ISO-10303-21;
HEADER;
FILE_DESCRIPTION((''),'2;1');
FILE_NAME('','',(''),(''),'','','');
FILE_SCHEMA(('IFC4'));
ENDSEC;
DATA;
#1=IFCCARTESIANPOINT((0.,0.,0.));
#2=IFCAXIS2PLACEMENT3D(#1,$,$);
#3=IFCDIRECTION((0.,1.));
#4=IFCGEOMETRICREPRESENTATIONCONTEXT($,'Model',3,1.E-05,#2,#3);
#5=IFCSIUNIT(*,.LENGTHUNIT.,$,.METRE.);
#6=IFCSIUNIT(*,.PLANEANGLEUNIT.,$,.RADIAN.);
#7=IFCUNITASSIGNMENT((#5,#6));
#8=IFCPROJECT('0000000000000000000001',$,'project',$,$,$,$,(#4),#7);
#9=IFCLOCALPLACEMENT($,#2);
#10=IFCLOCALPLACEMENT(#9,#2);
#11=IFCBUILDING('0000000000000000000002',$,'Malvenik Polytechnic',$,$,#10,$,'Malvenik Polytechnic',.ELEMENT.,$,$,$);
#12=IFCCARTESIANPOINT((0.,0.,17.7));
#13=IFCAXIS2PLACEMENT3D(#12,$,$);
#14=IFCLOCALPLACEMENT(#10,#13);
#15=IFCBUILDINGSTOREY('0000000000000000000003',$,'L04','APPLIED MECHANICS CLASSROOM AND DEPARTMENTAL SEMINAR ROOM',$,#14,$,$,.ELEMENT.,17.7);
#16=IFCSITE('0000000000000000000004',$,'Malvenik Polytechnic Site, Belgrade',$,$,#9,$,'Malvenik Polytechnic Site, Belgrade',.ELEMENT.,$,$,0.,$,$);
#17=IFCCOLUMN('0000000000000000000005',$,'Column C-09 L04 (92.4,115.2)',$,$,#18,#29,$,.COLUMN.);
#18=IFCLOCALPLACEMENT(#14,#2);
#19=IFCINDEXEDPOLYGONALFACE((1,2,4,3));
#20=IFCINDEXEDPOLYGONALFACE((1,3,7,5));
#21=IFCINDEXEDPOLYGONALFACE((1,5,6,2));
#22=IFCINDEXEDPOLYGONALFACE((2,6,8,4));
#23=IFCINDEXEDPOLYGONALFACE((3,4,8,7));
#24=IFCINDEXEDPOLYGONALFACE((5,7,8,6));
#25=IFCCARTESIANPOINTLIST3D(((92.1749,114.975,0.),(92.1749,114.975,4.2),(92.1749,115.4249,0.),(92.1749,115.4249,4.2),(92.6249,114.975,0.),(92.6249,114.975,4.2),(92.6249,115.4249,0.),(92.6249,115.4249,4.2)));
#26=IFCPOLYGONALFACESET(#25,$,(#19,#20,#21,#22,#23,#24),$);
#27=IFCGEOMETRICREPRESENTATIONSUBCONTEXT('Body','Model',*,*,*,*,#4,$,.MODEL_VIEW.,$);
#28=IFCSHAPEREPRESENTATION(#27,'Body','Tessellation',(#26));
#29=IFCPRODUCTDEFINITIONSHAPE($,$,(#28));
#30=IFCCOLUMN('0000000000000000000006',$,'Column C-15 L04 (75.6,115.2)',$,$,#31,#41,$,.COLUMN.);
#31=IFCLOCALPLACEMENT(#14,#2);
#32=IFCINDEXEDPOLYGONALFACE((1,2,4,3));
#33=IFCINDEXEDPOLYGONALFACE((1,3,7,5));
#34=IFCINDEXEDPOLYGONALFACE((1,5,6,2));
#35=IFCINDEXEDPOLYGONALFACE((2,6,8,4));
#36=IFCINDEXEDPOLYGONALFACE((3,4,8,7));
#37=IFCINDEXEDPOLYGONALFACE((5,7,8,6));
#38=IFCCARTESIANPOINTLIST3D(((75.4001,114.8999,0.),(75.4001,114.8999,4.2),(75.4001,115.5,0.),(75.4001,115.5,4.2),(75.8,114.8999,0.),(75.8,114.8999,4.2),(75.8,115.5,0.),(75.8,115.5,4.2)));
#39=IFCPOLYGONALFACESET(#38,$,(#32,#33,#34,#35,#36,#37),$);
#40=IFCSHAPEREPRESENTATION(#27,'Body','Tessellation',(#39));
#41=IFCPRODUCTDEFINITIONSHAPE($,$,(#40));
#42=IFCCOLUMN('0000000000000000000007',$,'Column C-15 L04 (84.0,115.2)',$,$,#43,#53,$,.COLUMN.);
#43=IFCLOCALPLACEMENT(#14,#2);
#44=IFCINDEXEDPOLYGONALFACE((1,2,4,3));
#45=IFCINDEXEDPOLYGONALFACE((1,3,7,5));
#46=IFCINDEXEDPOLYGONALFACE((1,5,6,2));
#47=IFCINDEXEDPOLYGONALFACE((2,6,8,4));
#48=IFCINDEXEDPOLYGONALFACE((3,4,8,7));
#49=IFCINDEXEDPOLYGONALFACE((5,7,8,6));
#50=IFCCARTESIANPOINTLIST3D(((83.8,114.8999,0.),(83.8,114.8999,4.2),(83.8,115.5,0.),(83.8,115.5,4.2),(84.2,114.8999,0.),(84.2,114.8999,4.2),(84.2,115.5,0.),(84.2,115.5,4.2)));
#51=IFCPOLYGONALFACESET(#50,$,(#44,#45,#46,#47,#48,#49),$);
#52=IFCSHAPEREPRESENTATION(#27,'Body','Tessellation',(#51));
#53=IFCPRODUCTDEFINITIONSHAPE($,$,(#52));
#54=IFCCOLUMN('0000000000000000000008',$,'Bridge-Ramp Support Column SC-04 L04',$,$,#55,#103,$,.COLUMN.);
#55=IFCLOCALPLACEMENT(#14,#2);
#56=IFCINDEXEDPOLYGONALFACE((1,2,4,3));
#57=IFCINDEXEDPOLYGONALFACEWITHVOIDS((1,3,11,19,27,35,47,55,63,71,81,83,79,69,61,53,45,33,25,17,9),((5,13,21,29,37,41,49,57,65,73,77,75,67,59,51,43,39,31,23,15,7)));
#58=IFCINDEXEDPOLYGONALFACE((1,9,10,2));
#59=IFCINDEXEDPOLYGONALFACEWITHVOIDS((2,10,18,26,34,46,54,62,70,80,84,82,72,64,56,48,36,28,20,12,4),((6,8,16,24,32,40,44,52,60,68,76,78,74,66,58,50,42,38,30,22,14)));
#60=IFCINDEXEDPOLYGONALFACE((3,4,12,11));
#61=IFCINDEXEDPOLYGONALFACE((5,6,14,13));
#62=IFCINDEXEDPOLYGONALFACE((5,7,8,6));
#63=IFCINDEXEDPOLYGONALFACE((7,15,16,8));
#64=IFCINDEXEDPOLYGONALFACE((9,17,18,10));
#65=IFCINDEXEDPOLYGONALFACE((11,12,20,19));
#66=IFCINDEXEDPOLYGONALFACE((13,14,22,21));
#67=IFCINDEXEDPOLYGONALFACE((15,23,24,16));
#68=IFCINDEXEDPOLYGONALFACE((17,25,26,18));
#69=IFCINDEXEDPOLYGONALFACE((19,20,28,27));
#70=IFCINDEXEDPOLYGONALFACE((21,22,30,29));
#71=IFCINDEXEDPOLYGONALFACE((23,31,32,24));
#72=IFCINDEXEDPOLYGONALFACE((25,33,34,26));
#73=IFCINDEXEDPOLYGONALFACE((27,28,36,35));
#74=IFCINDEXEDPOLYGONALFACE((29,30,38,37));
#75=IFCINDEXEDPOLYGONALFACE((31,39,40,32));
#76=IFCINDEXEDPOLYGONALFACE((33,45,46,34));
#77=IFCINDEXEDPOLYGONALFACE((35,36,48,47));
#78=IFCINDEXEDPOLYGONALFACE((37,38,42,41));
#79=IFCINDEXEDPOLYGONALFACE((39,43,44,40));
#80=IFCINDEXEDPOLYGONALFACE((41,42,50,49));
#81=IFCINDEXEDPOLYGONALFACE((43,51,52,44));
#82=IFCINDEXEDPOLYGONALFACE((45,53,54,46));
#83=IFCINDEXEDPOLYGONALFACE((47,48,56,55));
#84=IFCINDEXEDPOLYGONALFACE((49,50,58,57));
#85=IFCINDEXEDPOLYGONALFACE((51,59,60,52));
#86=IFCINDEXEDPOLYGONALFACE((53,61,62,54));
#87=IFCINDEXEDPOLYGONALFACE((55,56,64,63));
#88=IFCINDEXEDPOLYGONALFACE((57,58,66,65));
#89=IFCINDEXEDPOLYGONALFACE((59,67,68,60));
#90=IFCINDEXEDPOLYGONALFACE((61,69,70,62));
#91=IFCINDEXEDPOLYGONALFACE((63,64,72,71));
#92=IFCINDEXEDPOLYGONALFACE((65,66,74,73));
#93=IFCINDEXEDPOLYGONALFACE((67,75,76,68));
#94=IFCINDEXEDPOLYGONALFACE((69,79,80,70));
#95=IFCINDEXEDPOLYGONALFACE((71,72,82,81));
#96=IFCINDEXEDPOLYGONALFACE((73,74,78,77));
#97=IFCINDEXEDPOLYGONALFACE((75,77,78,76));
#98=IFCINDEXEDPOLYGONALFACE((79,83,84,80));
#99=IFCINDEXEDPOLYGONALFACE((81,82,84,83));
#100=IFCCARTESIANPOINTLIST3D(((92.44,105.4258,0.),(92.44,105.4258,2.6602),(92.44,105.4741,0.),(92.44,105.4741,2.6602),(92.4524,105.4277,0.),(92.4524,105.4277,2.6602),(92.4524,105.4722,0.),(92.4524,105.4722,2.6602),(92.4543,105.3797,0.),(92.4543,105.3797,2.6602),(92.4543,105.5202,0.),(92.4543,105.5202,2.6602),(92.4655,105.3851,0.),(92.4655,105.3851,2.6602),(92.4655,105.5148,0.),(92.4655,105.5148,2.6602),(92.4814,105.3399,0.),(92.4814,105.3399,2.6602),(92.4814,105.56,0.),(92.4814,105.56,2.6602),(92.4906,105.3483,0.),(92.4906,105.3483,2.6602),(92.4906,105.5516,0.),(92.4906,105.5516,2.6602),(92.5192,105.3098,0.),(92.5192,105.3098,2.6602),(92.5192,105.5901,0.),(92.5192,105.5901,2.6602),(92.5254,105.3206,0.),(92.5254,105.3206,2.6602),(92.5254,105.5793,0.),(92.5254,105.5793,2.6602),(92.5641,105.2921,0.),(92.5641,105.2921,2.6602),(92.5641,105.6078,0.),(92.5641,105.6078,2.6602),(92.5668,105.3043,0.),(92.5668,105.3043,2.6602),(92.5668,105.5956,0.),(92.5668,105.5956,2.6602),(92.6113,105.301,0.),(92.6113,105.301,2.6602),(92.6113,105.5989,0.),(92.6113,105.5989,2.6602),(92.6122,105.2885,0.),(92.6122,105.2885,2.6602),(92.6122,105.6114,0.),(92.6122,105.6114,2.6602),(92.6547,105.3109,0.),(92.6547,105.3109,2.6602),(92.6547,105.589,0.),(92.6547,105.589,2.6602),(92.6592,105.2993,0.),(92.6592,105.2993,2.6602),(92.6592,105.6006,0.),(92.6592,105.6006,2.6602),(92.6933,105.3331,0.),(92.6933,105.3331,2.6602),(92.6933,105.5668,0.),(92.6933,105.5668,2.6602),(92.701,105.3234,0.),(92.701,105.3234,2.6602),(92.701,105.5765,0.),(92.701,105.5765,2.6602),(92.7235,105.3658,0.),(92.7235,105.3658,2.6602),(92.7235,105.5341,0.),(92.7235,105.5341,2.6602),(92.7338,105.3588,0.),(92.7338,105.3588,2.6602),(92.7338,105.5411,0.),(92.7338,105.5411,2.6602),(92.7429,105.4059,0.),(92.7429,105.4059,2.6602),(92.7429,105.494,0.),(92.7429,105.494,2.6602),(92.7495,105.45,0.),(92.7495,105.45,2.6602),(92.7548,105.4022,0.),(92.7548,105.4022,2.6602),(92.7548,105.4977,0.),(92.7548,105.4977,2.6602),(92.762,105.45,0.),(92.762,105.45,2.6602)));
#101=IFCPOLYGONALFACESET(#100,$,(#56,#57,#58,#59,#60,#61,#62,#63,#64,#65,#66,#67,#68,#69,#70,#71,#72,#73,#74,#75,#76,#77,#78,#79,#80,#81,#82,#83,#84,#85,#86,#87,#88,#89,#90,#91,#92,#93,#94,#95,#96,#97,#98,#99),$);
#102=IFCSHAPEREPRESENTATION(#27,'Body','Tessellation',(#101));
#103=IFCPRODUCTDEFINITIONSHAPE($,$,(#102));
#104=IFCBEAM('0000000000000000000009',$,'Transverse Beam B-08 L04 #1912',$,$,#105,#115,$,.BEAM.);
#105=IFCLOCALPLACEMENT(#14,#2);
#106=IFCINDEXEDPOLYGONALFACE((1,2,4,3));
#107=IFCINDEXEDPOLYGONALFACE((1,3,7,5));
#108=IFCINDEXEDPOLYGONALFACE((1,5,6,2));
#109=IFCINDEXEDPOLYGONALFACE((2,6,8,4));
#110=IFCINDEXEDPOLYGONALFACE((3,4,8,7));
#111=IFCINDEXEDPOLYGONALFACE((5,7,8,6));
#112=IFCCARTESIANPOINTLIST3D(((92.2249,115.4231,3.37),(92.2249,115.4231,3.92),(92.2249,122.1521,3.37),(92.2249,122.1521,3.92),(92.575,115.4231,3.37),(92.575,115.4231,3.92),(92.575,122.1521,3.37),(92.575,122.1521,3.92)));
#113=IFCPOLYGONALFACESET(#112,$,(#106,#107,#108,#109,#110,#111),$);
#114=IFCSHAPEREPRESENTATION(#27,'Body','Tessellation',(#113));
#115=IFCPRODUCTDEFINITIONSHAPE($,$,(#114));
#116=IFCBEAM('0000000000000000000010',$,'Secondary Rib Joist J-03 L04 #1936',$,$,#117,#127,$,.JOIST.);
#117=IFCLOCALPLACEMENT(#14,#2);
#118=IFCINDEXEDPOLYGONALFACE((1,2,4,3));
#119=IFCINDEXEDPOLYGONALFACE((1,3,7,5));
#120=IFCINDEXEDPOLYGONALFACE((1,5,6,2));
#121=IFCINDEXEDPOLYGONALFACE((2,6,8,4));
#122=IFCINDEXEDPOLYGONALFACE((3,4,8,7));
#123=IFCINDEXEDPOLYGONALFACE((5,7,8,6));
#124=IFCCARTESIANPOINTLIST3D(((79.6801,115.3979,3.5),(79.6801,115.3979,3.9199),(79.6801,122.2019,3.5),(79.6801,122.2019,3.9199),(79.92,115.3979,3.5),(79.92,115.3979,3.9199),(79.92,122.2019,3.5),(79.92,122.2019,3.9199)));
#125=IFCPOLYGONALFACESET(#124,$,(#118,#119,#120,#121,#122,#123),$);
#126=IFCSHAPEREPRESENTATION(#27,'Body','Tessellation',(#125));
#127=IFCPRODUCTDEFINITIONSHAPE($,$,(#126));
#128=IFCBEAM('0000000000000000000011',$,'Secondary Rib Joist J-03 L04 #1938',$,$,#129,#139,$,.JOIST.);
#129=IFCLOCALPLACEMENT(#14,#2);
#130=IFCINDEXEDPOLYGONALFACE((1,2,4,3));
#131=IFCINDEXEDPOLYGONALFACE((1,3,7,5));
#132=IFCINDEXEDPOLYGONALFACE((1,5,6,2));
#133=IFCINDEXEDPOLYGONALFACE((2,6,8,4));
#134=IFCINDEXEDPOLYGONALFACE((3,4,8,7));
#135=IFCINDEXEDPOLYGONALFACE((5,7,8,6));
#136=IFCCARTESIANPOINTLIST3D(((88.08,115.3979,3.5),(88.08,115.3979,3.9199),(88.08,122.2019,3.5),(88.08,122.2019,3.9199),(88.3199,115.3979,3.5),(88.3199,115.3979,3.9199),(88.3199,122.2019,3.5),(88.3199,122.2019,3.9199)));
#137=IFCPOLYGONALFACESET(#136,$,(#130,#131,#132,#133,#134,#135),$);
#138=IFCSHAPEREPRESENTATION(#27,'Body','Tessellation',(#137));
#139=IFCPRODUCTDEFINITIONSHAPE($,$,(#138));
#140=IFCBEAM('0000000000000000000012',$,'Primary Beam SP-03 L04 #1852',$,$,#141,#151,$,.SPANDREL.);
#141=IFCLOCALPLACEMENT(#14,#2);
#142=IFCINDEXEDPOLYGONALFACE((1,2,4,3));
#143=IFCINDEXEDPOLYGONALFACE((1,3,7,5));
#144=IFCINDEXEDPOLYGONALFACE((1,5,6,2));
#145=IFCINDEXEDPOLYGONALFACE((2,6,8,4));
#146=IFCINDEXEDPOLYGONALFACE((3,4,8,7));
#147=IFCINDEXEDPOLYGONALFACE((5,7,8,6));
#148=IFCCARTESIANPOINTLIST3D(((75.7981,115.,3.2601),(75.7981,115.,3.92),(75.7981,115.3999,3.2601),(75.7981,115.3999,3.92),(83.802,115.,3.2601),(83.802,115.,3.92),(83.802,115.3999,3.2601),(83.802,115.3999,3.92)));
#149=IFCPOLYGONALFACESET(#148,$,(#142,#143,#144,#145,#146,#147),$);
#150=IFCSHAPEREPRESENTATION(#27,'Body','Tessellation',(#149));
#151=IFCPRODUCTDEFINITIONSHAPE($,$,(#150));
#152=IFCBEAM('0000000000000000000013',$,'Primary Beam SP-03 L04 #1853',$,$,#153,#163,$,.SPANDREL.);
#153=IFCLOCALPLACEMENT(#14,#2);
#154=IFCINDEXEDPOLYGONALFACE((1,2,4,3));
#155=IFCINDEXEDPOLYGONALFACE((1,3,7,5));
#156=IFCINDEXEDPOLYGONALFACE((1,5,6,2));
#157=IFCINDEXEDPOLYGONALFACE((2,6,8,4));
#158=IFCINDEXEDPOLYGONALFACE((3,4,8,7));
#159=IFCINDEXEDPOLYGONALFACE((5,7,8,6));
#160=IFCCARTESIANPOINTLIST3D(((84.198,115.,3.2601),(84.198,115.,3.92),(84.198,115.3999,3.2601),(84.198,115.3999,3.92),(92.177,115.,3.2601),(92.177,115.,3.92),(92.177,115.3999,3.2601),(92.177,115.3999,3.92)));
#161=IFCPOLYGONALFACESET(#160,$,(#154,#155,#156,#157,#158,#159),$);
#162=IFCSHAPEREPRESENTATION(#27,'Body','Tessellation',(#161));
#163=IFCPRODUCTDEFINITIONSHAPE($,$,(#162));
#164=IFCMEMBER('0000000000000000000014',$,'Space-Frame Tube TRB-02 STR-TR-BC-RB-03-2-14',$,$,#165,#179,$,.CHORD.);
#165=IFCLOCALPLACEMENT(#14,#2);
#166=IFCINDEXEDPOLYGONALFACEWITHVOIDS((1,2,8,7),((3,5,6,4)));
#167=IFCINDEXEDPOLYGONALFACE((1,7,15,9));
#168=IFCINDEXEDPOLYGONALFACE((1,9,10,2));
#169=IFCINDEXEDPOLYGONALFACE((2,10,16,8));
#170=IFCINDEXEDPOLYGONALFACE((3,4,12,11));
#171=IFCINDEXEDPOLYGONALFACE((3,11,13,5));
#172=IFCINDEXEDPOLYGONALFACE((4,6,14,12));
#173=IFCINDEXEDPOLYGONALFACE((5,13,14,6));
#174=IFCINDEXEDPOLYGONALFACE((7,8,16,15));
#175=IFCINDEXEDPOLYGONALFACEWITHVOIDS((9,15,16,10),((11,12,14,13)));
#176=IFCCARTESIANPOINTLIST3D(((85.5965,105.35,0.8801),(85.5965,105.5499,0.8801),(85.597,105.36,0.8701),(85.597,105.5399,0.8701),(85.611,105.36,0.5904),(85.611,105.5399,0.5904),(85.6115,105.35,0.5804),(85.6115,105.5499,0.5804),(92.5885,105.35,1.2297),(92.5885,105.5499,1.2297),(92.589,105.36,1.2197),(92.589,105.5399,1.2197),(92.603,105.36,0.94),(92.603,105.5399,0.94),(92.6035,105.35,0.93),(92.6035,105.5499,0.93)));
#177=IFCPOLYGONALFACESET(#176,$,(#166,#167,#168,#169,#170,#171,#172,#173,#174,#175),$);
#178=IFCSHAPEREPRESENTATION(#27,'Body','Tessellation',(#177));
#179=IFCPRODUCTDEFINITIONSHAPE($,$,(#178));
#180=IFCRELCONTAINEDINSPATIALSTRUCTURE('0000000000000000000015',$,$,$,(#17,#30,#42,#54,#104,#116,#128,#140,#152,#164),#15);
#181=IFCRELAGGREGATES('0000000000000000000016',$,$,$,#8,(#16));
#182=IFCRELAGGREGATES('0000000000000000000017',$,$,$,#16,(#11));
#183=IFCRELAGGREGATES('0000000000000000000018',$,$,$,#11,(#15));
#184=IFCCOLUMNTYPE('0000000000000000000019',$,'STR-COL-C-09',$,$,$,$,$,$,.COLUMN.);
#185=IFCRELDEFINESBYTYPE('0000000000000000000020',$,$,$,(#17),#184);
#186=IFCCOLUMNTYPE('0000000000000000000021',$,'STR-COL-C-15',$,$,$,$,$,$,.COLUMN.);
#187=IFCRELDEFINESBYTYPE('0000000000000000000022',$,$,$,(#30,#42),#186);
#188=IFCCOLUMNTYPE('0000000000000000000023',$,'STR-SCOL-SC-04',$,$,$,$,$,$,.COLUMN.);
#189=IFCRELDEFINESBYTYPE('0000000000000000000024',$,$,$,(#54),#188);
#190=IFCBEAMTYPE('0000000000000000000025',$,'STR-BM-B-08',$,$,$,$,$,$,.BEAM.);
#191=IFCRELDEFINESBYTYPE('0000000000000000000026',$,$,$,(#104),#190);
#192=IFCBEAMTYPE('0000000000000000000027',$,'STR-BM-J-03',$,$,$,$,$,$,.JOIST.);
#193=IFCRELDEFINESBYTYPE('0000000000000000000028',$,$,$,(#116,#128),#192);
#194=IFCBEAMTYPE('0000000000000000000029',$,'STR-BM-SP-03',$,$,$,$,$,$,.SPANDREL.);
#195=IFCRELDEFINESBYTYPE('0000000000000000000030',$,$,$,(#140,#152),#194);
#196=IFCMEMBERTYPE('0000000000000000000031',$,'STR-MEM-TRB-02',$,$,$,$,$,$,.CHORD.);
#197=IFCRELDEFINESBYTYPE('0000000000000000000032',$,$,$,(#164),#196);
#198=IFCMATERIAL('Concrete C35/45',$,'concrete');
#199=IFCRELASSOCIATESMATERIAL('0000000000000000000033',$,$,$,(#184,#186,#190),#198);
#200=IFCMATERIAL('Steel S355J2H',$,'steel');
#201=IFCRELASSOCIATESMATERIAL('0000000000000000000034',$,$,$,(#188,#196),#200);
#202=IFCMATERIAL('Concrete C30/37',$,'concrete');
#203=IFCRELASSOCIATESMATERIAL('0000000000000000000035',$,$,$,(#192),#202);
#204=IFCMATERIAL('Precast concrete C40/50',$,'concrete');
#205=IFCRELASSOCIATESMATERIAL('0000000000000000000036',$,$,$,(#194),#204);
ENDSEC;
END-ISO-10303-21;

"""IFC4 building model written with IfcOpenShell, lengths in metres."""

from ifc_helpers import new_model, si_unit, direction, frame, origin, origin_2d, place, context, subcontext, project, spatial, rectangle, hollow_rectangle, hollow_circle, extrude, material, material_profile, profile_set, type_object, element, save


model = new_model("IFC4")

# Units and contexts
model_context = context("Model", 3, precision=1e-05, world=origin(), true_north=direction((0.0, 1.0)))
body_context = subcontext(model_context, "Body", "Model", "MODEL_VIEW")
ifc_project = project(units=[si_unit("LENGTHUNIT", "METRE"), si_unit("PLANEANGLEUNIT", "RADIAN")], contexts=[model_context])

# Site, building, storey
site_placement = place(None, origin())
site = spatial("IfcSite", under=ifc_project, at=site_placement, Name="Malvenik Polytechnic Site, Belgrade", LongName="Malvenik Polytechnic Site, Belgrade", CompositionType="ELEMENT", RefElevation=0.0)
building_placement = place(site_placement, origin())
building = spatial("IfcBuilding", under=site, at=building_placement, Name="Malvenik Polytechnic", LongName="Malvenik Polytechnic", CompositionType="ELEMENT")
storey_placement = place(building_placement, frame((0.0, 0.0, 17.7)))
storey = spatial("IfcBuildingStorey", under=building, at=storey_placement, Name="L04", Description="APPLIED MECHANICS CLASSROOM AND DEPARTMENTAL SEMINAR ROOM", CompositionType="ELEMENT", Elevation=17.7)

# Columns
ifc_material_1 = material(Name="Concrete C35/45", Category="concrete")
ifc_material_profile_1 = material_profile(ifc_material_1, rectangle(XDim=0.45, YDim=0.45, at=origin_2d()), Name="RC COL 450x450")
ifc_profile_set_1 = profile_set([ifc_material_profile_1], Name="Concrete C35/45")
column_type_1 = type_object("IfcColumnType", Name="STR-COL-C-09", PredefinedType="COLUMN", material=ifc_profile_set_1)
column_1_placement = place(storey_placement, frame((92.3999, 115.2, 0.0), z_axis=(0.0, 0.0, 1.0), x_axis=(1.0, 0.0, 0.0)))
element("IfcColumn", 1, at=column_1_placement, inside=storey, type_object=column_type_1, Name="Column C-09 L04 (92.4,115.2)", PredefinedType="COLUMN", context=body_context, shape_type="SweptSolid", body=[
    extrude(rectangle(XDim=0.45, YDim=0.45, at=origin_2d()), origin(), (0.0, 0.0, 1.0), 4.2),
])
ifc_material_profile_2 = material_profile(ifc_material_1, rectangle(XDim=0.3999, YDim=0.6001, at=origin_2d()), Name="RC COL 600x400")
ifc_profile_set_2 = profile_set([ifc_material_profile_2], Name="Concrete C35/45")
column_type_2 = type_object("IfcColumnType", Name="STR-COL-C-15", PredefinedType="COLUMN", material=ifc_profile_set_2)
for number, where, z_axis, x_axis, name in (
    (2, (75.6001, 115.2, 0.0), (0.0, 0.0, 1.0), (1.0, 0.0, 0.0), "Column C-15 L04 (75.6,115.2)"),
    (3, (84.0, 115.2, 0.0), (0.0, 0.0, 1.0), (1.0, 0.0, 0.0), "Column C-15 L04 (84.0,115.2)"),
):
    element("IfcColumn", number, at=place(storey_placement, frame(where, z_axis=z_axis, x_axis=x_axis)), inside=storey, type_object=column_type_2, Name=name, PredefinedType="COLUMN", context=body_context, shape_type="SweptSolid", body=[
        extrude(rectangle(XDim=0.3999, YDim=0.6001, at=origin_2d()), origin(), (0.0, 0.0, 1.0), 4.2),
    ])
ifc_material_2 = material(Name="Steel S355J2H", Category="steel")
ifc_material_profile_3 = material_profile(ifc_material_2, hollow_circle(Radius=0.1619, WallThickness=0.0125, at=origin_2d()), Name="CHS 323.9x12.5")
ifc_profile_set_3 = profile_set([ifc_material_profile_3], Name="Steel S355J2H")
column_type_3 = type_object("IfcColumnType", Name="STR-SCOL-SC-04", PredefinedType="COLUMN", material=ifc_profile_set_3)
column_2_placement = place(storey_placement, frame((92.6001, 105.45, 0.0), z_axis=(0.0, 0.0, 1.0), x_axis=(1.0, 0.0, 0.0)))
element("IfcColumn", 4, at=column_2_placement, inside=storey, type_object=column_type_3, Name="Bridge-Ramp Support Column SC-04 L04", PredefinedType="COLUMN", context=body_context, shape_type="SweptSolid", body=[
    extrude(hollow_circle(Radius=0.1619, WallThickness=0.0125, at=origin_2d()), origin(), (0.0, 0.0, 1.0), 2.6602),
])

# Beams
ifc_material_profile_4 = material_profile(ifc_material_1, rectangle(XDim=0.3501, YDim=0.55, at=origin_2d()), Name="RC BM 350x550")
ifc_profile_set_4 = profile_set([ifc_material_profile_4], Name="Concrete C35/45")
beam_type_1 = type_object("IfcBeamType", Name="STR-BM-B-08", PredefinedType="BEAM", material=ifc_profile_set_4)
beam_1_placement = place(storey_placement, frame((92.3999, 115.4231, 3.645), z_axis=(0.0, 1.0, 0.0), x_axis=(-1.0, 0.0, 0.0)))
element("IfcBeam", 5, at=beam_1_placement, inside=storey, type_object=beam_type_1, Name="Transverse Beam B-08 L04 #1912", PredefinedType="BEAM", context=body_context, shape_type="SweptSolid", body=[
    extrude(rectangle(XDim=0.3501, YDim=0.55, at=origin_2d()), origin(), (0.0, 0.0, 1.0), 6.729),
])
ifc_material_3 = material(Name="Concrete C30/37", Category="concrete")
ifc_material_profile_5 = material_profile(ifc_material_3, rectangle(XDim=0.24, YDim=0.4199, at=origin_2d()), Name="RC JST 240x420")
ifc_profile_set_5 = profile_set([ifc_material_profile_5], Name="Concrete C30/37")
beam_type_2 = type_object("IfcBeamType", Name="STR-BM-J-03", PredefinedType="JOIST", material=ifc_profile_set_5)
for number, where, z_axis, x_axis, name in (
    (6, (79.8, 115.3979, 3.71), (0.0, 1.0, 0.0), (-1.0, 0.0, 0.0), "Secondary Rib Joist J-03 L04 #1936"),
    (7, (88.2, 115.3979, 3.71), (0.0, 1.0, 0.0), (-1.0, 0.0, 0.0), "Secondary Rib Joist J-03 L04 #1938"),
):
    element("IfcBeam", number, at=place(storey_placement, frame(where, z_axis=z_axis, x_axis=x_axis)), inside=storey, type_object=beam_type_2, Name=name, PredefinedType="JOIST", context=body_context, shape_type="SweptSolid", body=[
        extrude(rectangle(XDim=0.24, YDim=0.4199, at=origin_2d()), origin(), (0.0, 0.0, 1.0), 6.804),
    ])
ifc_material_4 = material(Name="Precast concrete C40/50", Category="concrete")
ifc_material_profile_6 = material_profile(ifc_material_4, rectangle(XDim=0.3999, YDim=0.6599, at=origin_2d()), Name="PC SPN 400x660")
ifc_profile_set_6 = profile_set([ifc_material_profile_6], Name="Precast concrete C40/50")
beam_type_3 = type_object("IfcBeamType", Name="STR-BM-SP-03", PredefinedType="SPANDREL", material=ifc_profile_set_6)
beam_2_placement = place(storey_placement, frame((75.7981, 115.2, 3.5901), z_axis=(1.0, 0.0, 0.0), x_axis=(0.0, 1.0, 0.0)))
element("IfcBeam", 8, at=beam_2_placement, inside=storey, type_object=beam_type_3, Name="Primary Beam SP-03 L04 #1852", PredefinedType="SPANDREL", context=body_context, shape_type="SweptSolid", body=[
    extrude(rectangle(XDim=0.3999, YDim=0.6599, at=origin_2d()), origin(), (0.0, 0.0, 1.0), 8.0039),
])
beam_3_placement = place(storey_placement, frame((84.198, 115.2, 3.5901), z_axis=(1.0, 0.0, 0.0), x_axis=(0.0, 1.0, 0.0)))
element("IfcBeam", 9, at=beam_3_placement, inside=storey, type_object=beam_type_3, Name="Primary Beam SP-03 L04 #1853", PredefinedType="SPANDREL", context=body_context, shape_type="SweptSolid", body=[
    extrude(rectangle(XDim=0.3999, YDim=0.6599, at=origin_2d()), origin(), (0.0, 0.0, 1.0), 7.979),
])

# Member
ifc_material_profile_7 = material_profile(ifc_material_2, hollow_rectangle(XDim=0.2, YDim=0.3, WallThickness=0.01, at=origin_2d()), Name="RHS 300x200x10.0")
ifc_profile_set_7 = profile_set([ifc_material_profile_7], Name="Steel S355J2H")
member_type_1 = type_object("IfcMemberType", Name="STR-MEM-TRB-02", PredefinedType="CHORD", material=ifc_profile_set_7)
member_1_placement = place(storey_placement, frame((85.604, 105.45, 0.7302), z_axis=(0.998752, 0.0, 0.049939), x_axis=(0.0, 1.0, 0.0)))
element("IfcMember", 10, at=member_1_placement, inside=storey, type_object=member_type_1, Name="Space-Frame Tube TRB-02 STR-TR-BC-RB-03-2-14", PredefinedType="CHORD", context=body_context, shape_type="SweptSolid", body=[
    extrude(hollow_rectangle(XDim=0.2, YDim=0.3, WallThickness=0.01, at=origin_2d()), origin(), (0.0, 0.0, 1.0), 7.0007),
])

save(model, "model.ifc")
